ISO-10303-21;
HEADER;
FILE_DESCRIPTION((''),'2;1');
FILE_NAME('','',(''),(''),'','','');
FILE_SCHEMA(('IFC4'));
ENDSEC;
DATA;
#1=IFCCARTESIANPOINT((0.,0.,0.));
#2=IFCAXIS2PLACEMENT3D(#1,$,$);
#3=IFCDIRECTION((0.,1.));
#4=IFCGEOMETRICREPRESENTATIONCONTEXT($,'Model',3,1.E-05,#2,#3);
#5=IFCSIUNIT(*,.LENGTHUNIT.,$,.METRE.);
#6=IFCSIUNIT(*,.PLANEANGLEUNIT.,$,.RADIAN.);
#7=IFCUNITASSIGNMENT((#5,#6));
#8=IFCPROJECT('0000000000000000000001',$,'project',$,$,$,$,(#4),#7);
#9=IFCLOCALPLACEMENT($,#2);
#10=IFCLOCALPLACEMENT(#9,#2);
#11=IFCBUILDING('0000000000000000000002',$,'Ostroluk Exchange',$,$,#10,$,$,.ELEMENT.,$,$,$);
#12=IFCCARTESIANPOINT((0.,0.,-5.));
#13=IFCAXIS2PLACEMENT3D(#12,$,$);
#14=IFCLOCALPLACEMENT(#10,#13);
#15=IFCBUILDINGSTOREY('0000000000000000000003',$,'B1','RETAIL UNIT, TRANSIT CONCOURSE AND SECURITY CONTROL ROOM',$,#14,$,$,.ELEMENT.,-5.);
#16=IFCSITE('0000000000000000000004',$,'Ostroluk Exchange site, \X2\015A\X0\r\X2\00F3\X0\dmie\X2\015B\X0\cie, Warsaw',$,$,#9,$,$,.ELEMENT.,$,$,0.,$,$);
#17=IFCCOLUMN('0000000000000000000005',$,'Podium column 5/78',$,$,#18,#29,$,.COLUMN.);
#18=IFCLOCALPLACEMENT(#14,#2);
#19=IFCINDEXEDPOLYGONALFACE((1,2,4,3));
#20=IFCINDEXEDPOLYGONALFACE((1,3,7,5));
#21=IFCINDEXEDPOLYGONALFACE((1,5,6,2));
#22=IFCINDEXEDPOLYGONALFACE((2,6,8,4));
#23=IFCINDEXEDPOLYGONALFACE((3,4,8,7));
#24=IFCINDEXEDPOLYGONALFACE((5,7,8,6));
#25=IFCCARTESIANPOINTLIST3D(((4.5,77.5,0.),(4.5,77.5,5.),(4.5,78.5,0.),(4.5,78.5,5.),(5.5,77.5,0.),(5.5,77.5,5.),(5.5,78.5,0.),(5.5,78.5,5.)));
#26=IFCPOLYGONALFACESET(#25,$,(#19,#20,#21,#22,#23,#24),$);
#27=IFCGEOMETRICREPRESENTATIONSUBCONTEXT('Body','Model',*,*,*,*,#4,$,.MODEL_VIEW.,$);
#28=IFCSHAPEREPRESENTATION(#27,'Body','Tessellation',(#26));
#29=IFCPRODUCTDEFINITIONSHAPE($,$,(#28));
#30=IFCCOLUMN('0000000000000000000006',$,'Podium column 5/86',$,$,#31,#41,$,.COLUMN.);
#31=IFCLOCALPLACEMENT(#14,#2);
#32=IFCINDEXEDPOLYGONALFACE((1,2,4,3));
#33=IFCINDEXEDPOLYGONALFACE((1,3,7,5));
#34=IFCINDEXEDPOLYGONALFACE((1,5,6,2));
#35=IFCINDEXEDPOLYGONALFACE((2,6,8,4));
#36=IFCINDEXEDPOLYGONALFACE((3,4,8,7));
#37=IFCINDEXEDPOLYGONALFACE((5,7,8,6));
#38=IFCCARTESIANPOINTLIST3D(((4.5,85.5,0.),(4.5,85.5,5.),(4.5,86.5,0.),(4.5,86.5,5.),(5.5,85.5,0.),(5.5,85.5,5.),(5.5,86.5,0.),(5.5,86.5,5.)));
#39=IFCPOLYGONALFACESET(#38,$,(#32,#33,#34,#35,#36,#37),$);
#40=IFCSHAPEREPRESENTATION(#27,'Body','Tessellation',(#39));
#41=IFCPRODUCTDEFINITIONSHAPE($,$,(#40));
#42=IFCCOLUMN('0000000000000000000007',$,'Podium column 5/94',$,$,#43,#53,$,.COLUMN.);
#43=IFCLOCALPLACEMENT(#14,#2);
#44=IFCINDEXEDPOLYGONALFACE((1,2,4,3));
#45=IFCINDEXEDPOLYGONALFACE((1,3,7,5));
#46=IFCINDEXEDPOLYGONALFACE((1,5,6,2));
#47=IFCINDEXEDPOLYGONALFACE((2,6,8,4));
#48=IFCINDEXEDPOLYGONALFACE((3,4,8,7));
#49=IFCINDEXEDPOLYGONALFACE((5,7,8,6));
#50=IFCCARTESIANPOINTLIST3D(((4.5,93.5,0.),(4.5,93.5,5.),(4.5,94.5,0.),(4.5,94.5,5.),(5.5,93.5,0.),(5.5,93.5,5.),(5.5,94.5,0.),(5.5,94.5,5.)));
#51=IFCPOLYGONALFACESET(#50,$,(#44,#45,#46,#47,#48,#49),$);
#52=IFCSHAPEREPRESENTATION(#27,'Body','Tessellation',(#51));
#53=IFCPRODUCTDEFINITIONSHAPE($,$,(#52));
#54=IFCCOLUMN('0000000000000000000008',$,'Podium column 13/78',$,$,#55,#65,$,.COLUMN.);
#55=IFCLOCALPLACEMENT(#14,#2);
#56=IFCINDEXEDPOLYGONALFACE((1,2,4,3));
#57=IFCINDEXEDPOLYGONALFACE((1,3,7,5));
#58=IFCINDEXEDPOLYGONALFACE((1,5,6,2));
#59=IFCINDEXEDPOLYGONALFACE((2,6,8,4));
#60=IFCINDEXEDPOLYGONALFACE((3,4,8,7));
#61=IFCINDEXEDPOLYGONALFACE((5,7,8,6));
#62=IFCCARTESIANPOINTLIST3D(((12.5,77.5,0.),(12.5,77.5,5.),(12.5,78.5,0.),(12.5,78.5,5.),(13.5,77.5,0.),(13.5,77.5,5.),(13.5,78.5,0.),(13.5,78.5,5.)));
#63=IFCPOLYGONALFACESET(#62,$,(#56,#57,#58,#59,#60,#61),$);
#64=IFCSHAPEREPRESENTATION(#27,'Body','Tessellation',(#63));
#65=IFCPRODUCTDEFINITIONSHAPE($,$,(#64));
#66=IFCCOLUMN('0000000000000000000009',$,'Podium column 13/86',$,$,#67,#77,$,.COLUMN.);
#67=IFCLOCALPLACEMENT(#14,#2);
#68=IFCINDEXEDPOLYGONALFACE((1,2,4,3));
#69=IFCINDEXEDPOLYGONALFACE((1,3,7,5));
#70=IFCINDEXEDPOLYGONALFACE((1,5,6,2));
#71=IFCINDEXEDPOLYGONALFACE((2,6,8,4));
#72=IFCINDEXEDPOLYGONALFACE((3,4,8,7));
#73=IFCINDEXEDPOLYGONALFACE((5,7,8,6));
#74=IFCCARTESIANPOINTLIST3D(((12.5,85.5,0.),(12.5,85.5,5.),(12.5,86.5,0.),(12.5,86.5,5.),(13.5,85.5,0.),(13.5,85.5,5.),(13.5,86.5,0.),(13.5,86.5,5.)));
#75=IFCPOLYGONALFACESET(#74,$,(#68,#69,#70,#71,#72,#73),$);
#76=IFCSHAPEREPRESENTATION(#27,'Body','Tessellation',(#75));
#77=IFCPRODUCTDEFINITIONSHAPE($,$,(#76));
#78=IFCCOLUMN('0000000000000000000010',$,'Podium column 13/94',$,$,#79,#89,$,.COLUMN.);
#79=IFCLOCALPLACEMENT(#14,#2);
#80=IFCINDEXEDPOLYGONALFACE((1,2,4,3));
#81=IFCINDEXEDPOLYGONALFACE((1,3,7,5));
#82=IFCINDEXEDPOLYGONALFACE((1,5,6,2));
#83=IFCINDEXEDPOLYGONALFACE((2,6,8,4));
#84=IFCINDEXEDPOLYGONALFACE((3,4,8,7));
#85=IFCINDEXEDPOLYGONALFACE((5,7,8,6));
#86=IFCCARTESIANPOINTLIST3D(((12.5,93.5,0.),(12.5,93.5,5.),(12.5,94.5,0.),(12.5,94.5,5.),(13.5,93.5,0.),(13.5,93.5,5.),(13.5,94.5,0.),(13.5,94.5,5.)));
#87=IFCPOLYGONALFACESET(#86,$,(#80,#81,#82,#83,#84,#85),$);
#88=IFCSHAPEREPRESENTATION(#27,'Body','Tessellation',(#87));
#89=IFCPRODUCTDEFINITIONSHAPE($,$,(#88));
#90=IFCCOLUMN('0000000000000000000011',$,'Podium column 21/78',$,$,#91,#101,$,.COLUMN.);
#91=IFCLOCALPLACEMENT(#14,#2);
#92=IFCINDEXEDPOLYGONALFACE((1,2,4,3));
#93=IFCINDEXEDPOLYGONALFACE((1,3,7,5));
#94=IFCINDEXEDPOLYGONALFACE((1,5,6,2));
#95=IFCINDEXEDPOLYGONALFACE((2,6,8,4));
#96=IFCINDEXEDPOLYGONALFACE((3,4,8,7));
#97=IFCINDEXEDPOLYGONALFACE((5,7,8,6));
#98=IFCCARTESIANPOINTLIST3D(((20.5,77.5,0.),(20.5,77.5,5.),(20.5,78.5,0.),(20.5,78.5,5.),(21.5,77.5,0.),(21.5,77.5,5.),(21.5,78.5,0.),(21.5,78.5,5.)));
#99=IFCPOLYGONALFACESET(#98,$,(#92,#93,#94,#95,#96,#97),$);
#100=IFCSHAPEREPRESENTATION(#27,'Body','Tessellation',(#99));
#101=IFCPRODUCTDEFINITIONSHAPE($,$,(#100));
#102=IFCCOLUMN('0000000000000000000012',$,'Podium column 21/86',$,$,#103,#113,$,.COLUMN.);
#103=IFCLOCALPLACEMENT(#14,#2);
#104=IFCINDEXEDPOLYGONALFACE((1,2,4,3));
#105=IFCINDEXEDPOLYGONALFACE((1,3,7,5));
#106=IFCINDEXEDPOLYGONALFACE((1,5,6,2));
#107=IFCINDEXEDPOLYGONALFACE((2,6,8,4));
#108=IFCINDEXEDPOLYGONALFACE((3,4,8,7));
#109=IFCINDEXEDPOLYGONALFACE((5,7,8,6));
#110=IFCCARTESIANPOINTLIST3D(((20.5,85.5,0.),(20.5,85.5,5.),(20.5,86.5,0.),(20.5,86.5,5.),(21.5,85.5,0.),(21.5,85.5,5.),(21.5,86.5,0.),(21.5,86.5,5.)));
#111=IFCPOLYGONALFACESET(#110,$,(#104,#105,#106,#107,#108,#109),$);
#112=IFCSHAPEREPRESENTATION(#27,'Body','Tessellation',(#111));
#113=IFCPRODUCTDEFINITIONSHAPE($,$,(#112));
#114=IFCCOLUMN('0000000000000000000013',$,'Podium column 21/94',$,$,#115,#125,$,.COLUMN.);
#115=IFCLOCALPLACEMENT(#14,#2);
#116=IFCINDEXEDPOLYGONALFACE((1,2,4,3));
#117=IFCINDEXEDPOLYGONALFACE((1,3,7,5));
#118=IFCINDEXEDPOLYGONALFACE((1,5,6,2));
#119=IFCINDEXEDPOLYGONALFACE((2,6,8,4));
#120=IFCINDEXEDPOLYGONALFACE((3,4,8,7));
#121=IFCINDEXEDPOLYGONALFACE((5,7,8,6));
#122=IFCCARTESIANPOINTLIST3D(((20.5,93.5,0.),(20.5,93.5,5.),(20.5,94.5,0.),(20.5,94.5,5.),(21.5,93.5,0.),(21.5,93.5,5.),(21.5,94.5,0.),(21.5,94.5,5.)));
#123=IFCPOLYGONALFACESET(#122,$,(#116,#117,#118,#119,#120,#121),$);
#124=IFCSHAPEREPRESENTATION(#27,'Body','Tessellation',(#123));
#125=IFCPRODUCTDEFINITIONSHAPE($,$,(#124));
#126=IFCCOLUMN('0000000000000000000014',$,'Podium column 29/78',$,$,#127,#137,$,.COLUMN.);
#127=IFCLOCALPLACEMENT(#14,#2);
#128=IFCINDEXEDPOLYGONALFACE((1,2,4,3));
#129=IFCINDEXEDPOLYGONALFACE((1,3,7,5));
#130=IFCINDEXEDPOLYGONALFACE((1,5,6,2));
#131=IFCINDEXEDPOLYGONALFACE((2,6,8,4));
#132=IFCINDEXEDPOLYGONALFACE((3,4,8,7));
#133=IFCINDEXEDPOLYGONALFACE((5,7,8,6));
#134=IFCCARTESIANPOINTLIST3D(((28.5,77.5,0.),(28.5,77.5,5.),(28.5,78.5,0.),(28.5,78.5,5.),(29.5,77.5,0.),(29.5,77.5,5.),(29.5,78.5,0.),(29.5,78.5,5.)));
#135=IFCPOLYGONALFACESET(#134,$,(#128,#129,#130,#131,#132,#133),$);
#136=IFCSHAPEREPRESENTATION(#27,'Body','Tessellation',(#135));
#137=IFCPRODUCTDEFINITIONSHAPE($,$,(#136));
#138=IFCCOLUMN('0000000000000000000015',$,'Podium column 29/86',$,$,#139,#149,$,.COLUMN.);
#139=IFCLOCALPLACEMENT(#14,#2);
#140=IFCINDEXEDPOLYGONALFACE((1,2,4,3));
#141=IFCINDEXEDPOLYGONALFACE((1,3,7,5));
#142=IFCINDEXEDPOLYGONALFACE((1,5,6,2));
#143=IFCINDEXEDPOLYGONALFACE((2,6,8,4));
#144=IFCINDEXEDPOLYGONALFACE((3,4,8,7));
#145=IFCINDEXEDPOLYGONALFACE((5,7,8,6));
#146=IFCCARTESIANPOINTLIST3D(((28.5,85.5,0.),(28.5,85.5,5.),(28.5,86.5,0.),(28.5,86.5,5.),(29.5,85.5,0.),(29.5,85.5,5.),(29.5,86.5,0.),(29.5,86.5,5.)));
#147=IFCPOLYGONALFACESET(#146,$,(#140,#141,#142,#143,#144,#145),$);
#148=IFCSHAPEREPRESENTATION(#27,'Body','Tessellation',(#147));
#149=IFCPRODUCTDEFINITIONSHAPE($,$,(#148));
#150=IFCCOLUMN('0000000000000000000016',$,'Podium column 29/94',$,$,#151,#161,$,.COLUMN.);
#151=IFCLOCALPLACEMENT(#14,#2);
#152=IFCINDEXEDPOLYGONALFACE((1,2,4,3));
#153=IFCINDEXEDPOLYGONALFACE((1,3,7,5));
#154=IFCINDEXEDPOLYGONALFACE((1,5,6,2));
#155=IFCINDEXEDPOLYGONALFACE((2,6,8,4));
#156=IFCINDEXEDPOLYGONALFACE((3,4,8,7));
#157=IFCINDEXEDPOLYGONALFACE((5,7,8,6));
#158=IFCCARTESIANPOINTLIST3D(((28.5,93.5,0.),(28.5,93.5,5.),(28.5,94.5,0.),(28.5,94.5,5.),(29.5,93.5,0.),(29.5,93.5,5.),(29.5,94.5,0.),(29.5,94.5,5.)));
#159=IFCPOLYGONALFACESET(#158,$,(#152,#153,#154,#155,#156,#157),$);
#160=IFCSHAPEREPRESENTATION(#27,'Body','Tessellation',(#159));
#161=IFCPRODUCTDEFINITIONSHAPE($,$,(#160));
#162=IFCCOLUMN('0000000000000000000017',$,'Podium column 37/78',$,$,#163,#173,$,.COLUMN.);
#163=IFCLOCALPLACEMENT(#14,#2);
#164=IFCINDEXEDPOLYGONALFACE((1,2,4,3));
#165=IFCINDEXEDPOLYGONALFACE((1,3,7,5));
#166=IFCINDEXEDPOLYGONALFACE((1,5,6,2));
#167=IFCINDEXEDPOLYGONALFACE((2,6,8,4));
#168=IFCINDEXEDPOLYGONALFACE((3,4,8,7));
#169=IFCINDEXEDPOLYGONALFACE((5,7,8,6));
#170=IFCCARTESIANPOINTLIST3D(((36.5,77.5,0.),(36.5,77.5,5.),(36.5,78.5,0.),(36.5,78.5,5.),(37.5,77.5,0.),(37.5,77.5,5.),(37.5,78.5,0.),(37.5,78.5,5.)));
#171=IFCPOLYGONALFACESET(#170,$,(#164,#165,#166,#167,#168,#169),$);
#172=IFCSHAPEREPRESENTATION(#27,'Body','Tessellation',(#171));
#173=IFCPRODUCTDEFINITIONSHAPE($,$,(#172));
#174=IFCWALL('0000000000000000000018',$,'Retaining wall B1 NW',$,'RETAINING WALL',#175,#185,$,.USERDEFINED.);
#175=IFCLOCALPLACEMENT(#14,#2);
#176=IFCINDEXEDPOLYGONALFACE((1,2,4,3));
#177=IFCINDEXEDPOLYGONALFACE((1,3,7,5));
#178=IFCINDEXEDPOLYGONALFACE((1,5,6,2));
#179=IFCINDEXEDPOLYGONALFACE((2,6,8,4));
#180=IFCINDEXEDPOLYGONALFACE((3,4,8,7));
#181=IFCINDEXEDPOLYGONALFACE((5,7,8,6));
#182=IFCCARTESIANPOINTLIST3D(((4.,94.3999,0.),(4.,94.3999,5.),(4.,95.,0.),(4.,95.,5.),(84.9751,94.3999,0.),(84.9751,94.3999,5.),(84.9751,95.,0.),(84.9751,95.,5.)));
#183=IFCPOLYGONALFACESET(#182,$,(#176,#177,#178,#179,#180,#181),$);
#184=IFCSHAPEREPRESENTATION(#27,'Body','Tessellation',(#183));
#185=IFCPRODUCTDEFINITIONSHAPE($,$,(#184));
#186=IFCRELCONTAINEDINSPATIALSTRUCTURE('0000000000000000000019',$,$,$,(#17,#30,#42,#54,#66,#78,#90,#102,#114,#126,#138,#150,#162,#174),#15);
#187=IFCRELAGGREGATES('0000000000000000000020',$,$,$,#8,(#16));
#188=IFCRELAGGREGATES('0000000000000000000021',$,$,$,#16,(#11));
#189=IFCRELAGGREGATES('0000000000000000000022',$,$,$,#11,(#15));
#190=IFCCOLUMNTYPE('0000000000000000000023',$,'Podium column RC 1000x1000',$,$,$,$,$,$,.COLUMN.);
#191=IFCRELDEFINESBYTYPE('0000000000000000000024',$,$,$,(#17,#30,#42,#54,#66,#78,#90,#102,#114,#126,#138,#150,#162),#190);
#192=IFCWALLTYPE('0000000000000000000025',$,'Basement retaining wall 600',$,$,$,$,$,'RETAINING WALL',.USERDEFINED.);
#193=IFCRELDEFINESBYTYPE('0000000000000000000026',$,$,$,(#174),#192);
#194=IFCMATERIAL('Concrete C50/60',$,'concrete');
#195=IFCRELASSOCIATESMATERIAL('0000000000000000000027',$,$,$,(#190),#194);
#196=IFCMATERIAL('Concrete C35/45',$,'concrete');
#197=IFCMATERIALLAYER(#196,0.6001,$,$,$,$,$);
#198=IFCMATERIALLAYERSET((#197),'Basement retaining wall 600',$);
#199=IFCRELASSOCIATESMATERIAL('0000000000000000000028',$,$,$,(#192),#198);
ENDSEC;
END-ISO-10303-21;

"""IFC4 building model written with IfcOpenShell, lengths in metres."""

from ifc_helpers import new_model, si_unit, direction, frame, frame_2d, origin, origin_2d, place, context, subcontext, project, spatial, rectangle, extrude, material, layer, layer_set, material_profile, profile_set, type_object, element, save


model = new_model("IFC4")

# Units and contexts
model_context = context("Model", 3, precision=1e-05, world=origin(), true_north=direction((0.0, 1.0)))
body_context = subcontext(model_context, "Body", "Model", "MODEL_VIEW")
ifc_project = project(units=[si_unit("LENGTHUNIT", "METRE"), si_unit("PLANEANGLEUNIT", "RADIAN")], contexts=[model_context])

# Site, building, storey
site_placement = place(None, origin())
site = spatial("IfcSite", under=ifc_project, at=site_placement, Name="Ostroluk Exchange site, Śródmieście, Warsaw", CompositionType="ELEMENT", RefElevation=0.0)
building_placement = place(site_placement, origin())
building = spatial("IfcBuilding", under=site, at=building_placement, Name="Ostroluk Exchange", CompositionType="ELEMENT")
storey_placement = place(building_placement, frame((0.0, 0.0, -5.0)))
storey = spatial("IfcBuildingStorey", under=building, at=storey_placement, Name="B1", Description="RETAIL UNIT, TRANSIT CONCOURSE AND SECURITY CONTROL ROOM", CompositionType="ELEMENT", Elevation=-5.0)

# Columns
ifc_material_1 = material(Name="Concrete C50/60", Category="concrete")
ifc_material_profile = material_profile(ifc_material_1, rectangle(XDim=1.0, YDim=1.0, at=origin_2d()), Name="RC 1000x1000")
ifc_profile_set = profile_set([ifc_material_profile], Name="Concrete C50/60")
column_type = type_object("IfcColumnType", Name="Podium column RC 1000x1000", PredefinedType="COLUMN", material=ifc_profile_set)
for number, where, z_axis, x_axis, name in (
    (1, (5.0, 78.0, 0.0), (0.0, 0.0, 1.0), (1.0, 0.0, 0.0), "Podium column 5/78"),
    (2, (5.0, 86.0, 0.0), (0.0, 0.0, 1.0), (1.0, 0.0, 0.0), "Podium column 5/86"),
    (3, (5.0, 94.0, 0.0), (0.0, 0.0, 1.0), (1.0, 0.0, 0.0), "Podium column 5/94"),
    (4, (13.0, 78.0, 0.0), (0.0, 0.0, 1.0), (1.0, 0.0, 0.0), "Podium column 13/78"),
    (5, (13.0, 86.0, 0.0), (0.0, 0.0, 1.0), (1.0, 0.0, 0.0), "Podium column 13/86"),
    (6, (13.0, 94.0, 0.0), (0.0, 0.0, 1.0), (1.0, 0.0, 0.0), "Podium column 13/94"),
    (7, (21.0, 78.0, 0.0), (0.0, 0.0, 1.0), (1.0, 0.0, 0.0), "Podium column 21/78"),
    (8, (21.0, 86.0, 0.0), (0.0, 0.0, 1.0), (1.0, 0.0, 0.0), "Podium column 21/86"),
    (9, (21.0, 94.0, 0.0), (0.0, 0.0, 1.0), (1.0, 0.0, 0.0), "Podium column 21/94"),
    (10, (29.0, 78.0, 0.0), (0.0, 0.0, 1.0), (1.0, 0.0, 0.0), "Podium column 29/78"),
    (11, (29.0, 86.0, 0.0), (0.0, 0.0, 1.0), (1.0, 0.0, 0.0), "Podium column 29/86"),
    (12, (29.0, 94.0, 0.0), (0.0, 0.0, 1.0), (1.0, 0.0, 0.0), "Podium column 29/94"),
    (13, (37.0, 78.0, 0.0), (0.0, 0.0, 1.0), (1.0, 0.0, 0.0), "Podium column 37/78"),
):
    element("IfcColumn", number, at=place(storey_placement, frame(where, z_axis=z_axis, x_axis=x_axis)), inside=storey, type_object=column_type, Name=name, PredefinedType="COLUMN", context=body_context, shape_type="SweptSolid", body=[
        extrude(rectangle(XDim=1.0, YDim=1.0, at=origin_2d()), origin(), (0.0, 0.0, 1.0), 5.0),
    ])

# Wall
ifc_material_2 = material(Name="Concrete C35/45", Category="concrete")
ifc_layer_1 = layer(ifc_material_2, 0.6001)
ifc_layer_set_1 = layer_set([ifc_layer_1], Name="Basement retaining wall 600")
wall_type_1 = type_object("IfcWallType", Name="Basement retaining wall 600", ElementType="RETAINING WALL", PredefinedType="USERDEFINED", material=ifc_layer_set_1)
wall_1_placement = place(storey_placement, frame((4.0, 94.7, 0.0), z_axis=(0.0, 0.0, 1.0), x_axis=(1.0, 0.0, 0.0)))
element("IfcWall", 14, at=wall_1_placement, inside=storey, type_object=wall_type_1, Name="Retaining wall B1 NW", ObjectType="RETAINING WALL", PredefinedType="USERDEFINED", context=body_context, shape_type="SweptSolid", body=[
    extrude(rectangle(XDim=80.9751, YDim=0.6001, at=frame_2d((40.4875, 0.0))), origin(), (0.0, 0.0, 1.0), 5.0),
])

save(model, "model.ifc")
